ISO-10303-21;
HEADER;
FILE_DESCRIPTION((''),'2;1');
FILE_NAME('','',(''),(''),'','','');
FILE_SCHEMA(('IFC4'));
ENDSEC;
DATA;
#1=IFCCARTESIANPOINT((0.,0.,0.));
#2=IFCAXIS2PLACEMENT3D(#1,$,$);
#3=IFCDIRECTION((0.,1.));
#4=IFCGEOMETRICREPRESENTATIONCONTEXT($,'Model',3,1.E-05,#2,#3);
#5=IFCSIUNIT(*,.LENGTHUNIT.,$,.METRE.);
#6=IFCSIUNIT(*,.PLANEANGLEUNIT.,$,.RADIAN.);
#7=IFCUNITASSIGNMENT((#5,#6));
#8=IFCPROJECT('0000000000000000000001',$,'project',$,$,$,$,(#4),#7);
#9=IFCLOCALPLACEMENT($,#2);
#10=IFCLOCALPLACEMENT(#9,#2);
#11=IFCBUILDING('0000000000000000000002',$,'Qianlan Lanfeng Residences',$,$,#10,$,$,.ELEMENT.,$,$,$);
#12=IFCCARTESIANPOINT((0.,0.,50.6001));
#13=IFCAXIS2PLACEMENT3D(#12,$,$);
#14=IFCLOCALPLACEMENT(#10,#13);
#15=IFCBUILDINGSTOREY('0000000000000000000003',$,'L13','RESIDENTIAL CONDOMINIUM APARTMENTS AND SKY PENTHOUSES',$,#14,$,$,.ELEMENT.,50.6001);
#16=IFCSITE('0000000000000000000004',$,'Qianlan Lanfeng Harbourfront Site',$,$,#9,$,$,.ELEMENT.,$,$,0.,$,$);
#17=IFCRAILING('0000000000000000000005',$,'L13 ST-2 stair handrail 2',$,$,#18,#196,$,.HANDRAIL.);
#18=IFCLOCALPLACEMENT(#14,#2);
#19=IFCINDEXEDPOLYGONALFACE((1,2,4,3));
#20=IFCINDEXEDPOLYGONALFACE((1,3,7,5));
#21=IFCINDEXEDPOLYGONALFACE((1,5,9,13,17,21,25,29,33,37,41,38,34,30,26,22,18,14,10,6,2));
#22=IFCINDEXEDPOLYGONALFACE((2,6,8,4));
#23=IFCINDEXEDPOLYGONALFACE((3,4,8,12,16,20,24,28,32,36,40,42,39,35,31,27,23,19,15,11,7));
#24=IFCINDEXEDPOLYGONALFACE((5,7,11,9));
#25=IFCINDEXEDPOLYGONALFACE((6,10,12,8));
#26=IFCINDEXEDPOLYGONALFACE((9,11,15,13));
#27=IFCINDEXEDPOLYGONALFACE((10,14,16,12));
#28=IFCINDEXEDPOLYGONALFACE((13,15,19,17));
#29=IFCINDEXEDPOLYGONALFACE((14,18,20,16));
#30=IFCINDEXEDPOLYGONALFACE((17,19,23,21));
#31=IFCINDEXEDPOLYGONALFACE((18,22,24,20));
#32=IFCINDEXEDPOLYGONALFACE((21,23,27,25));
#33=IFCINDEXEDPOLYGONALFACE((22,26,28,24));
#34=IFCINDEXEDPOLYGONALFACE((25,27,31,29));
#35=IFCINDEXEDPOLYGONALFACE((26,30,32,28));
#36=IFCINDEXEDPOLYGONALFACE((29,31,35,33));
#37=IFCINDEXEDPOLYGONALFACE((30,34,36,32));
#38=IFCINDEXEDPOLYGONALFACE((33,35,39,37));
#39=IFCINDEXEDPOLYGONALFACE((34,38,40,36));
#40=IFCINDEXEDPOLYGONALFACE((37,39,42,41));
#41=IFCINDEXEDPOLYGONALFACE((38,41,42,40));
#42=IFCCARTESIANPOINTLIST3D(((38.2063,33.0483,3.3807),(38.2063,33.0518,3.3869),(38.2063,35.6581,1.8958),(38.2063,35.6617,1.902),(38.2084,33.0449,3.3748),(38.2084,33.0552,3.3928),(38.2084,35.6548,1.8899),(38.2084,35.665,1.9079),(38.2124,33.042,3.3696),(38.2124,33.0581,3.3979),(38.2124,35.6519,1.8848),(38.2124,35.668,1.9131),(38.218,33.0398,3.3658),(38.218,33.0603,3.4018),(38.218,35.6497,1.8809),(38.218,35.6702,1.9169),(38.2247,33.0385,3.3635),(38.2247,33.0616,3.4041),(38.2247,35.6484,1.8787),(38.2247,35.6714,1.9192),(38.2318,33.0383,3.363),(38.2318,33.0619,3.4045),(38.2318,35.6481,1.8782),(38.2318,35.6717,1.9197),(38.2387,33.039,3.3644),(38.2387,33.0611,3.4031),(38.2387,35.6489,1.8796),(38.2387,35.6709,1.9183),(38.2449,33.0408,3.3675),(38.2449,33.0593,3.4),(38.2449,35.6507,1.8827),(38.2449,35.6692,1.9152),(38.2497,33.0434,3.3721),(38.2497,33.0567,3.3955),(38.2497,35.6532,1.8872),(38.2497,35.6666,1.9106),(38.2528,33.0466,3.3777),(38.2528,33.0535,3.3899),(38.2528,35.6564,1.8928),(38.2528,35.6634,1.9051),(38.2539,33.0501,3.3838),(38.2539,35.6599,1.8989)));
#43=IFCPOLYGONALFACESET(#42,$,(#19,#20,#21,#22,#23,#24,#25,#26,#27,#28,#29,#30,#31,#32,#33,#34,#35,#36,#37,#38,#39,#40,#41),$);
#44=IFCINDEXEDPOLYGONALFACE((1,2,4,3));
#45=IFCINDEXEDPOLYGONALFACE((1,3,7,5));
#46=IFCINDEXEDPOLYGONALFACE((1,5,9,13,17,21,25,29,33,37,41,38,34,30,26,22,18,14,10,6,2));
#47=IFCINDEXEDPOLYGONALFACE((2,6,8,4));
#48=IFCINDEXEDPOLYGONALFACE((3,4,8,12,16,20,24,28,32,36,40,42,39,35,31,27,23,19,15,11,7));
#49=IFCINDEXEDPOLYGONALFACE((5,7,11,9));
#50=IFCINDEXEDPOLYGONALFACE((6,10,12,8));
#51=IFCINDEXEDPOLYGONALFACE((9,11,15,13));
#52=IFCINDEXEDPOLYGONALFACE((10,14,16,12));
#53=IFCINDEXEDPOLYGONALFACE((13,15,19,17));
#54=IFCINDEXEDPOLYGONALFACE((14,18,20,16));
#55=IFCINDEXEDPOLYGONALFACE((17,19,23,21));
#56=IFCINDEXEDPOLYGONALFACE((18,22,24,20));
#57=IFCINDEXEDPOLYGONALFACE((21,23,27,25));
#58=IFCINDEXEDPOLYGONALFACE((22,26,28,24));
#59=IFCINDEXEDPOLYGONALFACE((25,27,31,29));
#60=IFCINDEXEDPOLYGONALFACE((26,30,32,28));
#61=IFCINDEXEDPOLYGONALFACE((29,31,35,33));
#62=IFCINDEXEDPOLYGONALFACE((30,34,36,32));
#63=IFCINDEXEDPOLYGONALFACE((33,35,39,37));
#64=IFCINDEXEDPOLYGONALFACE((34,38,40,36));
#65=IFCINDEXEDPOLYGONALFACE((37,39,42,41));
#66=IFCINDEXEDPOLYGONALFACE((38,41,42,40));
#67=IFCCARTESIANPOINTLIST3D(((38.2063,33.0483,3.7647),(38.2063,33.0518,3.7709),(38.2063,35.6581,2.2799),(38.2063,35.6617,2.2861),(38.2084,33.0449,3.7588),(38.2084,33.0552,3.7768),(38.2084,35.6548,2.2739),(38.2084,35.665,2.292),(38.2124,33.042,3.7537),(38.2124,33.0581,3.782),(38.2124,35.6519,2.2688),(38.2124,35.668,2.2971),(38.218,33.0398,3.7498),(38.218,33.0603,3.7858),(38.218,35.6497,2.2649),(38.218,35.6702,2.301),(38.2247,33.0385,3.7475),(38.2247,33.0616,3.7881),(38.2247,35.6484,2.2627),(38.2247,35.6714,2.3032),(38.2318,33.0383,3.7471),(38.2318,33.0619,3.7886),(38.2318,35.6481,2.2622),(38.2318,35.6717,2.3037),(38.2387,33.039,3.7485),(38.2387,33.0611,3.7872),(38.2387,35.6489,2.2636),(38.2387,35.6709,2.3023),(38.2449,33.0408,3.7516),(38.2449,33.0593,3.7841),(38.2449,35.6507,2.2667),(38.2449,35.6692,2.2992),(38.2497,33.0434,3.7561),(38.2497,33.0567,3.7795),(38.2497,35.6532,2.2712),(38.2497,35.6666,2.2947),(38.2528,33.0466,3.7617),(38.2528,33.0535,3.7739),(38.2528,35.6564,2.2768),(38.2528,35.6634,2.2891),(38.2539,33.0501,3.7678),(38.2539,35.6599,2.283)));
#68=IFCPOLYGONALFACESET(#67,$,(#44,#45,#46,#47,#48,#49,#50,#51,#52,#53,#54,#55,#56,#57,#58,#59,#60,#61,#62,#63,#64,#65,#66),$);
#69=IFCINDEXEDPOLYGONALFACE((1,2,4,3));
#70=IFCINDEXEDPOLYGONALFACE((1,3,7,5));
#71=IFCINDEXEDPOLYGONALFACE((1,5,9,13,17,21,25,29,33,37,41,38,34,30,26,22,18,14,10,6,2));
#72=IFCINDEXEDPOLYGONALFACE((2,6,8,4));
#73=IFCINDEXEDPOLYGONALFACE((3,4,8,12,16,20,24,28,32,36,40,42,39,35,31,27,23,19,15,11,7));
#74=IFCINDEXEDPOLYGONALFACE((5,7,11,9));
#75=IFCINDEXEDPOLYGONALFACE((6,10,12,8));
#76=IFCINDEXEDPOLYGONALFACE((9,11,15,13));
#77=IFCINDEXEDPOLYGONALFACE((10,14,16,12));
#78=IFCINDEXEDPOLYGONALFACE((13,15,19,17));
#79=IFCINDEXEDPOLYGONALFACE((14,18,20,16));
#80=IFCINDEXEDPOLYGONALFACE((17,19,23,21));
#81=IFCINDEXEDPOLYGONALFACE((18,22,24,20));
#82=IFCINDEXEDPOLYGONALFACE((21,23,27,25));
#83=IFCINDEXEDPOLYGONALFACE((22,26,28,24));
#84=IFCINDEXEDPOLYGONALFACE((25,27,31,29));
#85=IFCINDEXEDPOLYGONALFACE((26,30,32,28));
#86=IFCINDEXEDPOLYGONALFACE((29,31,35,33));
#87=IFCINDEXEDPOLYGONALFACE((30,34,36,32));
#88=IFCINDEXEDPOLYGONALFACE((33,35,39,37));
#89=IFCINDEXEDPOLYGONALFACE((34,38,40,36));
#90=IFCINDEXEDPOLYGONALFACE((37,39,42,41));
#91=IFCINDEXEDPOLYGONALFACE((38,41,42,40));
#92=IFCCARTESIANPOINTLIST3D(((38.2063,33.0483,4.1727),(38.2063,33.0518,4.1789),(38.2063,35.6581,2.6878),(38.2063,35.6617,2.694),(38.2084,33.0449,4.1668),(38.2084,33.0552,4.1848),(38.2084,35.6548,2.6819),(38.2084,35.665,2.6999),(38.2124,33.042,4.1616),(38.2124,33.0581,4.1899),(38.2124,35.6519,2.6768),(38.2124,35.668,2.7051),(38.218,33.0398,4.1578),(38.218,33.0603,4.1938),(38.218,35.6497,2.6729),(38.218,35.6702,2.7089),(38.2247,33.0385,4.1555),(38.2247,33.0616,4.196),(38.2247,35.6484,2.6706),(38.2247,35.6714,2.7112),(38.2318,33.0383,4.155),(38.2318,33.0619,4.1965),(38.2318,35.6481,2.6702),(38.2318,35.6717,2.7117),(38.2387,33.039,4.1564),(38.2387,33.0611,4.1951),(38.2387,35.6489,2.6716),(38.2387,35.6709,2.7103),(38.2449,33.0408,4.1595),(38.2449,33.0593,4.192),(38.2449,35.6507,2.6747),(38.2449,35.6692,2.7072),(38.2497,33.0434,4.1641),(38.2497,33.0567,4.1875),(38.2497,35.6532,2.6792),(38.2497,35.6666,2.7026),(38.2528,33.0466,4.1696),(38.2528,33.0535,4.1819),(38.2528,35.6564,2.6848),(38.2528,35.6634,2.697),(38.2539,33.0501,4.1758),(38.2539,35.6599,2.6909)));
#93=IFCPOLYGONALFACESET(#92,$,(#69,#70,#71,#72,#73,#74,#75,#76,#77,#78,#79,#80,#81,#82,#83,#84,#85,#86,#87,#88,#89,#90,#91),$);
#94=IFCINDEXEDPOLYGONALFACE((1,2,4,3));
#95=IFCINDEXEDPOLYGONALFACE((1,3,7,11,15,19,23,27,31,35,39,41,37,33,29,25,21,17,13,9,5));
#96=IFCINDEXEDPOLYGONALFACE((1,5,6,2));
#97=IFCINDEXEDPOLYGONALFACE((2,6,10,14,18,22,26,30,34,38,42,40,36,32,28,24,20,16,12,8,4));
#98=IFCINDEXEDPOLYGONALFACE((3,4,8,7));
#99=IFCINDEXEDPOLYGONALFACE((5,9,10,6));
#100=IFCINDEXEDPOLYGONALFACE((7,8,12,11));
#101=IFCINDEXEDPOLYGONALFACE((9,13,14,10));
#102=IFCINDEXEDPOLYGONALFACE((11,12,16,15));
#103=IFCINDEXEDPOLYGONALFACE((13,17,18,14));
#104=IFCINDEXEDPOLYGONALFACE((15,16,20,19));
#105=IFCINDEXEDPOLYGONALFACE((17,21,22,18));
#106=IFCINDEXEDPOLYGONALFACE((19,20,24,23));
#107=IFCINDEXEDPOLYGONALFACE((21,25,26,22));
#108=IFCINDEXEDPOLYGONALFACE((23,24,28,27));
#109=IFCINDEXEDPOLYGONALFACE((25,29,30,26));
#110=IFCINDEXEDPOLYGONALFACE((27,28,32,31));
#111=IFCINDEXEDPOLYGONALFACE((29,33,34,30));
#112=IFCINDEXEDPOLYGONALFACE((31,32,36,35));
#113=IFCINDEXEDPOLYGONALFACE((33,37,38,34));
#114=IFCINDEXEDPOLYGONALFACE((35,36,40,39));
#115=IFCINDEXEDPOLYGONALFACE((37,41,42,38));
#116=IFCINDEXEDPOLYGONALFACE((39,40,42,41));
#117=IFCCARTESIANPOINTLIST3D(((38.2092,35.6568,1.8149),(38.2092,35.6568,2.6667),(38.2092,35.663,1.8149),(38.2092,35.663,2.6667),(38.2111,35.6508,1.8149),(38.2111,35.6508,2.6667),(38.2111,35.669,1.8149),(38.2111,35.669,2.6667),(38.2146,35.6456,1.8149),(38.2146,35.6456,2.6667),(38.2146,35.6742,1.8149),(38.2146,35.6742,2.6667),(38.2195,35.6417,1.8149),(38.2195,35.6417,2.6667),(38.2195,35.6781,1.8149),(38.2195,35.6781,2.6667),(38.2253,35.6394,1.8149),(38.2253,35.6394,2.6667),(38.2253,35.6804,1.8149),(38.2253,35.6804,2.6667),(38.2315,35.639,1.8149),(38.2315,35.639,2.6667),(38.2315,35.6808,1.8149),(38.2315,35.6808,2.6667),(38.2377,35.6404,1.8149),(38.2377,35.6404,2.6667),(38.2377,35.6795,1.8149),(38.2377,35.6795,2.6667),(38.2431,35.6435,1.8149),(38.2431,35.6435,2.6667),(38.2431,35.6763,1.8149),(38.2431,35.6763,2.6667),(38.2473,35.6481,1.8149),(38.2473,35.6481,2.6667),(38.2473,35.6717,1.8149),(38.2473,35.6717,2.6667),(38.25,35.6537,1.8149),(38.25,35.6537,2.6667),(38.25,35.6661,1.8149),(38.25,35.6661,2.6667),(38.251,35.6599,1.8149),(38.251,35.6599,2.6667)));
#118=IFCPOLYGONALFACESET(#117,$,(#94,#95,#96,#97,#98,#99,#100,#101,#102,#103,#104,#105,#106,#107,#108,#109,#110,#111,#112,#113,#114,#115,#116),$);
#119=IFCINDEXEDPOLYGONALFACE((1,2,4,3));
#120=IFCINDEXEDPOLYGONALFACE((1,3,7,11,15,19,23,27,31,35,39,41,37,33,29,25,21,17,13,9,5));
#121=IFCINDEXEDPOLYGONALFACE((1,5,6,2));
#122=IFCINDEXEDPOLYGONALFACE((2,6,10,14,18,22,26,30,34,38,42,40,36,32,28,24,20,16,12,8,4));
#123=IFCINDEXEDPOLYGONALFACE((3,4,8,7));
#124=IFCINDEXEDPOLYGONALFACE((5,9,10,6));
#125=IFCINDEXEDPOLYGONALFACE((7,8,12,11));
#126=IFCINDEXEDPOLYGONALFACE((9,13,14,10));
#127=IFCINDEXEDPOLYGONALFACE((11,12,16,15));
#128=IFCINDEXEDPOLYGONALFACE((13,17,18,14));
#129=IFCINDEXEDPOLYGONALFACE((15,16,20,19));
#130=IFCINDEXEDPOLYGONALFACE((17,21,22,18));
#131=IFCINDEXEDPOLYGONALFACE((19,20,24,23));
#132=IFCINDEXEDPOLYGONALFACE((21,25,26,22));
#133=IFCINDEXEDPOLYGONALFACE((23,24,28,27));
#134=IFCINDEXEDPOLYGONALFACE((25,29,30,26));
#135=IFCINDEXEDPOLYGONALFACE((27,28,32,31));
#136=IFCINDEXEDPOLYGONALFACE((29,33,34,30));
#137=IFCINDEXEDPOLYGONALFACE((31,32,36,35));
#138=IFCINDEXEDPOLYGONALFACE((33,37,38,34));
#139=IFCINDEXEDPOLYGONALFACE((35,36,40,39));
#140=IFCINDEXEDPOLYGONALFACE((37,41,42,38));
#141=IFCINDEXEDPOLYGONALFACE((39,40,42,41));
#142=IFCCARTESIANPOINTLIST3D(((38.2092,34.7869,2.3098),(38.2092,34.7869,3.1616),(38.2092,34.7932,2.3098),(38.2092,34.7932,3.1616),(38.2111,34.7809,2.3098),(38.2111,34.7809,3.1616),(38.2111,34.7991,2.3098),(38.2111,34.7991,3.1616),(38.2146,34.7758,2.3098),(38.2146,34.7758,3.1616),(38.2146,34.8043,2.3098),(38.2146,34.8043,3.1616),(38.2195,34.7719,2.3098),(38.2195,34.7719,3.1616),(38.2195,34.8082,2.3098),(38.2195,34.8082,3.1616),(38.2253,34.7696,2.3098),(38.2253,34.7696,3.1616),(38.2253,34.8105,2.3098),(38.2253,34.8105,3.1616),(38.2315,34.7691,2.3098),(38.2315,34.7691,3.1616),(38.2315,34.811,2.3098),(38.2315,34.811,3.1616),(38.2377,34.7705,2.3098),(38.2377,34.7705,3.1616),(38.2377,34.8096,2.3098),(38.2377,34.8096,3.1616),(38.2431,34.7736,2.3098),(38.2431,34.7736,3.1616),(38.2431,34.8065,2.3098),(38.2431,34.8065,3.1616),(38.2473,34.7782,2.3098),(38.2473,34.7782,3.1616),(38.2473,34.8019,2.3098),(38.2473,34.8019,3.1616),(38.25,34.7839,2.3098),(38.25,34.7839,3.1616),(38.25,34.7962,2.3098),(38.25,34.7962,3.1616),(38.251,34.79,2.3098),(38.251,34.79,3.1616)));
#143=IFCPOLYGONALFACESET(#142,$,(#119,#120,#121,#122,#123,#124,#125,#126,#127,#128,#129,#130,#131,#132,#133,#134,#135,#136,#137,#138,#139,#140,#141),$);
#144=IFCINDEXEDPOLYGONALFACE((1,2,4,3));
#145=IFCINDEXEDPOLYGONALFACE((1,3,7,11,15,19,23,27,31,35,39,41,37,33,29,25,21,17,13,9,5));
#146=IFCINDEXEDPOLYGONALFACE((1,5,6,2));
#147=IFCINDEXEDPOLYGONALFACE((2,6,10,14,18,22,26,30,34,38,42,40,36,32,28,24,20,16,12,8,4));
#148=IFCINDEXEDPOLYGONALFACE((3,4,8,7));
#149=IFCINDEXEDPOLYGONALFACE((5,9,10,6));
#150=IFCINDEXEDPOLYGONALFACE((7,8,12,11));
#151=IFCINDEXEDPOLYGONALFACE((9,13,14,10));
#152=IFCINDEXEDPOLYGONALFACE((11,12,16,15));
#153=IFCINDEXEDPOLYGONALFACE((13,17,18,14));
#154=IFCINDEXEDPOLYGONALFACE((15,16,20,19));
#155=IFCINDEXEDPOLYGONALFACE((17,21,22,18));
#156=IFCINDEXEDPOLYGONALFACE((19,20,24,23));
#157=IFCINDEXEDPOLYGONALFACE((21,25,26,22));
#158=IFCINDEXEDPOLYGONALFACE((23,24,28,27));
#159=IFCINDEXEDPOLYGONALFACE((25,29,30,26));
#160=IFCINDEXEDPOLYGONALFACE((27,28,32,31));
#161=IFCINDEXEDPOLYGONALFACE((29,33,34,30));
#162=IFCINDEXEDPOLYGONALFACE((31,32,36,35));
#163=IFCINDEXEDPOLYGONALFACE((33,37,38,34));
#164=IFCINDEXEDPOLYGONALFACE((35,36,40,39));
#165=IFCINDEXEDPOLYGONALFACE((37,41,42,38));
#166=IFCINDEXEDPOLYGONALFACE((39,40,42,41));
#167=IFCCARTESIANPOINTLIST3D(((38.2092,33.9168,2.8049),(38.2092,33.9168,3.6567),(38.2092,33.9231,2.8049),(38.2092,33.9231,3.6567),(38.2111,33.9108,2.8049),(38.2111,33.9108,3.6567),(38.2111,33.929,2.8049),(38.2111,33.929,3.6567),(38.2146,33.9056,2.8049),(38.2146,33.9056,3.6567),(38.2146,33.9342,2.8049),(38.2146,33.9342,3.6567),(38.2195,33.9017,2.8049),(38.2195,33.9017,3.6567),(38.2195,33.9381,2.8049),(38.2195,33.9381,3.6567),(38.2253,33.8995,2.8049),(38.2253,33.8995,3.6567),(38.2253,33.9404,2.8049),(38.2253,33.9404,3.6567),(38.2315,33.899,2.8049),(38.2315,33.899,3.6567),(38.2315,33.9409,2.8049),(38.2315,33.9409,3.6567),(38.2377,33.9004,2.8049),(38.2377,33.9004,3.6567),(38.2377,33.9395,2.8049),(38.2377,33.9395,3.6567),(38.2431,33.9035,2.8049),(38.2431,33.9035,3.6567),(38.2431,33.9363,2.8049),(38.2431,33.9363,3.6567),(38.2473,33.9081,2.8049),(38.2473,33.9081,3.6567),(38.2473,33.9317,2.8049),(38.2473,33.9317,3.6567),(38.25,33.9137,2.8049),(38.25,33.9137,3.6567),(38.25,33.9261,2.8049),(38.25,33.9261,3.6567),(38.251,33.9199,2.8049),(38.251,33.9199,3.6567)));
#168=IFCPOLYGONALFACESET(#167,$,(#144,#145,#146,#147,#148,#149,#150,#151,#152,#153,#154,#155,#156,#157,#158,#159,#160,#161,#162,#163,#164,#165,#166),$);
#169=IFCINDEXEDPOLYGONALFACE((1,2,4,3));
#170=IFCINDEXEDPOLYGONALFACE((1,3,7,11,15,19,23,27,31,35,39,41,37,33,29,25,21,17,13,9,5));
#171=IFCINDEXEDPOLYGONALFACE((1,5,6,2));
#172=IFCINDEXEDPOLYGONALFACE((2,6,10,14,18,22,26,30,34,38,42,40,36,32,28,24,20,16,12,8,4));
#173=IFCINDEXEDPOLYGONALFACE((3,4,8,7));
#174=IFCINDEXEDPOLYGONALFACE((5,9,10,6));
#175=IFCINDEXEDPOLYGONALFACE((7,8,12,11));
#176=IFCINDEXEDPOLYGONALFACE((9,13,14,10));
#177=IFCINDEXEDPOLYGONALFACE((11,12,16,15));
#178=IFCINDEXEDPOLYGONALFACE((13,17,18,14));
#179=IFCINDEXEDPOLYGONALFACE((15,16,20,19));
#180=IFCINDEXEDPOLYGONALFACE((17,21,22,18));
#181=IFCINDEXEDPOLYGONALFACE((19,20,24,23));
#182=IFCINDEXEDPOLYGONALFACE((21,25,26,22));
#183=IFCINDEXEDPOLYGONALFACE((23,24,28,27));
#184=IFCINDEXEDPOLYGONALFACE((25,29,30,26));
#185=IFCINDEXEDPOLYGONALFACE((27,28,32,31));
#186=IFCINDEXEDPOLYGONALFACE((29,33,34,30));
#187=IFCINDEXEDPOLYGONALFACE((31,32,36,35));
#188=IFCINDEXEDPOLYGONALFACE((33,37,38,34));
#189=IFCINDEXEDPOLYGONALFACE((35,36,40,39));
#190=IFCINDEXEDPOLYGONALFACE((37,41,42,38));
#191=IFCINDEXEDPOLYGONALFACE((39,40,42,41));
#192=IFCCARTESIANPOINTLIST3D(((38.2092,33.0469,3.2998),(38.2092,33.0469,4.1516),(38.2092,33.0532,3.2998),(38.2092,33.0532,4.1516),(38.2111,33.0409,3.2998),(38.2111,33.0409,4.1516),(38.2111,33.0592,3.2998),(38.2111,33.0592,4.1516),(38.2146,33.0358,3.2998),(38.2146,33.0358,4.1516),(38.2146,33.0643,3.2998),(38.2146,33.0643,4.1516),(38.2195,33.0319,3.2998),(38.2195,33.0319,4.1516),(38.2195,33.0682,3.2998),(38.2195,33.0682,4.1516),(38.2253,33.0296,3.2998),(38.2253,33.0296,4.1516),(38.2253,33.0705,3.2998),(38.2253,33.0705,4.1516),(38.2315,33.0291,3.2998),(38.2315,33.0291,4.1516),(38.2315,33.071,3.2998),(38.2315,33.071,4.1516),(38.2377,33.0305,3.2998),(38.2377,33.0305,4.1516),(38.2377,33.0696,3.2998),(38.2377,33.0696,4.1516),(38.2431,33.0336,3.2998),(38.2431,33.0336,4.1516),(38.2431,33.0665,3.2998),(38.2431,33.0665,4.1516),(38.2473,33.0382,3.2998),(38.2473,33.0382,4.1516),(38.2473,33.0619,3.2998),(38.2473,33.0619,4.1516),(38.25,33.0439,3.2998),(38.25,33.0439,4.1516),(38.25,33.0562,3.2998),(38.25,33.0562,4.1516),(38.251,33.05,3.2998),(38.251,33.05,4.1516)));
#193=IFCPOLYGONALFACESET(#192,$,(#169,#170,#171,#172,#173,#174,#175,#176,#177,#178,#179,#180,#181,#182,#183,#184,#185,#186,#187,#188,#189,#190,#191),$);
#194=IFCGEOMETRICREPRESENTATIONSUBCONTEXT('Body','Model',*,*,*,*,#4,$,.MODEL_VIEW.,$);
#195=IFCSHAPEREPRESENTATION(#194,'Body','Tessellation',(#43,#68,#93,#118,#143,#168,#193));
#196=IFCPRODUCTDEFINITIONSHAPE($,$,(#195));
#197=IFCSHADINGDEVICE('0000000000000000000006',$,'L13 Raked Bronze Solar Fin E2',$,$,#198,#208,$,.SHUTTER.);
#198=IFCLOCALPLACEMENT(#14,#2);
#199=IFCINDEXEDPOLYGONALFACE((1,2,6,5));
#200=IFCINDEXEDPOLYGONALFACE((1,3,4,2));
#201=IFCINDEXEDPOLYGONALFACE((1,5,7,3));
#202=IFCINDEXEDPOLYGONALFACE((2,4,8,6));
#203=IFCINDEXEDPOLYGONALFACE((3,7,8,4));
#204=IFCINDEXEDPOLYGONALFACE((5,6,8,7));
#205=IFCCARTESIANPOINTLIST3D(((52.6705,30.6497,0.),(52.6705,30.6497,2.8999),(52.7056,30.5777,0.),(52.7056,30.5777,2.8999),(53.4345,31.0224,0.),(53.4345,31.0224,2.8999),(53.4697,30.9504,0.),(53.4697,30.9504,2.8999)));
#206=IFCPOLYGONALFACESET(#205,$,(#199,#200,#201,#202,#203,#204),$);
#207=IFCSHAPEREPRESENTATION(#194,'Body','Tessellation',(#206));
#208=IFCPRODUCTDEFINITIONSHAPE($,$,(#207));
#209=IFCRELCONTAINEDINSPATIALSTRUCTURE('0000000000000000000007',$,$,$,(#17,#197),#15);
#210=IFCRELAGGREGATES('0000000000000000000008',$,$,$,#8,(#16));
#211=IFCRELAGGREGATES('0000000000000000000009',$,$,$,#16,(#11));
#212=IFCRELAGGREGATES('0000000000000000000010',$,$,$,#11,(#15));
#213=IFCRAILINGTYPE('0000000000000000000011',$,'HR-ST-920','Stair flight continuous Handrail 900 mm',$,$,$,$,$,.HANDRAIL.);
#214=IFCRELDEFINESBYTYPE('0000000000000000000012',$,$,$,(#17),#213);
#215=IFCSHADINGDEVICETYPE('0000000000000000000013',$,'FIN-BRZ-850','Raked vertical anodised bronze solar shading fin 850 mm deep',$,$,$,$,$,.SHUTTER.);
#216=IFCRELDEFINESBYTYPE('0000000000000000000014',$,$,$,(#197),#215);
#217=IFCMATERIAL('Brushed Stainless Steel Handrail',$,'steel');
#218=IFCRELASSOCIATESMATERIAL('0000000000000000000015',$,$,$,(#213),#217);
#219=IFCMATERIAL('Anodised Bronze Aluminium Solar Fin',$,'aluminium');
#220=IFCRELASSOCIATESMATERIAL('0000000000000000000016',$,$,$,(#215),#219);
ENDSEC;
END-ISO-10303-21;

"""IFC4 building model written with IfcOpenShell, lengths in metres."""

from ifc_helpers import new_model, si_unit, direction, frame, origin, origin_2d, place, context, subcontext, project, spatial, rectangle, circle, extrude, source, transform, mapped, material, type_object, element, save


model = new_model("IFC4")

# Units and contexts
model_context = context("Model", 3, precision=1e-05, world=origin(), true_north=direction((0.0, 1.0)))
body_context = subcontext(model_context, "Body", "Model", "MODEL_VIEW")
ifc_project = project(units=[si_unit("LENGTHUNIT", "METRE"), si_unit("PLANEANGLEUNIT", "RADIAN")], contexts=[model_context])

# Site, building, storey
site_placement = place(None, origin())
site = spatial("IfcSite", under=ifc_project, at=site_placement, Name="Qianlan Lanfeng Harbourfront Site", CompositionType="ELEMENT", RefElevation=0.0)
building_placement = place(site_placement, origin())
building = spatial("IfcBuilding", under=site, at=building_placement, Name="Qianlan Lanfeng Residences", CompositionType="ELEMENT")
storey_placement = place(building_placement, frame((0.0, 0.0, 50.6001)))
storey = spatial("IfcBuildingStorey", under=building, at=storey_placement, Name="L13", Description="RESIDENTIAL CONDOMINIUM APARTMENTS AND SKY PENTHOUSES", CompositionType="ELEMENT", Elevation=50.6001)

# Railing
ifc_material_1 = material(Name="Brushed Stainless Steel Handrail", Category="steel")
railing_type_1 = type_object("IfcRailingType", Name="HR-ST-920", Description="Stair flight continuous Handrail 900 mm", PredefinedType="HANDRAIL", material=ifc_material_1)
railing_1_placement = place(storey_placement, frame((38.23, 35.6599, 1.8149)))
element("IfcRailing", 1, at=railing_1_placement, inside=storey, type_object=railing_type_1, Name="L13 ST-2 stair handrail 2", PredefinedType="HANDRAIL", context=body_context, shape_type="SweptSolid", body=[
    extrude(circle(Radius=0.0239, at=origin_2d()), frame((0.0, 0.0, 0.084), z_axis=(0.0, -0.869172, 0.494509), x_axis=(1.0, 0.0, 0.0)), (0.0, 0.0, 1.0), 3.0027),
    extrude(circle(Radius=0.0239, at=origin_2d()), frame((0.0, 0.0, 0.468), z_axis=(0.0, -0.869172, 0.494509), x_axis=(1.0, 0.0, 0.0)), (0.0, 0.0, 1.0), 3.0027),
    extrude(circle(Radius=0.0239, at=origin_2d()), frame((0.0, 0.0, 0.876), z_axis=(0.0, -0.869172, 0.494509), x_axis=(1.0, 0.0, 0.0)), (0.0, 0.0, 1.0), 3.0027),
    extrude(circle(Radius=0.021, at=origin_2d()), origin(), (0.0, 0.0, 1.0), 0.8518),
    extrude(circle(Radius=0.021, at=origin_2d()), frame((0.0, -0.8699, 0.4949)), (0.0, 0.0, 1.0), 0.8518),
    extrude(circle(Radius=0.021, at=origin_2d()), frame((0.0, -1.74, 0.99)), (0.0, 0.0, 1.0), 0.8518),
    extrude(circle(Radius=0.021, at=origin_2d()), frame((0.0, -2.6099, 1.4849)), (0.0, 0.0, 1.0), 0.8518),
])

# Shading device
ifc_material_2 = material(Name="Anodised Bronze Aluminium Solar Fin", Category="aluminium")
shading_device_type = type_object("IfcShadingDeviceType", Name="FIN-BRZ-850", Description="Raked vertical anodised bronze solar shading fin 850 mm deep", PredefinedType="SHUTTER", material=ifc_material_2)
shared_shape = source(origin(), body_context, "Body", "SweptSolid", [
    extrude(rectangle(XDim=0.8501, YDim=0.0801, at=origin_2d()), origin(), (0.0, 0.0, 1.0), 2.8999),
])
shading_device_placement = place(storey_placement, frame((53.0701, 30.8, 0.0), z_axis=(0.0, 0.0, 1.0), x_axis=(0.898794, 0.438371, 0.0)))
element("IfcShadingDevice", 2, at=shading_device_placement, inside=storey, type_object=shading_device_type, Name="L13 Raked Bronze Solar Fin E2", PredefinedType="SHUTTER", context=body_context, shape_type="MappedRepresentation", body=[
    mapped(shared_shape, transform((0.0, 0.0, 0.0), scale=1.0)),
])

save(model, "model.ifc")
